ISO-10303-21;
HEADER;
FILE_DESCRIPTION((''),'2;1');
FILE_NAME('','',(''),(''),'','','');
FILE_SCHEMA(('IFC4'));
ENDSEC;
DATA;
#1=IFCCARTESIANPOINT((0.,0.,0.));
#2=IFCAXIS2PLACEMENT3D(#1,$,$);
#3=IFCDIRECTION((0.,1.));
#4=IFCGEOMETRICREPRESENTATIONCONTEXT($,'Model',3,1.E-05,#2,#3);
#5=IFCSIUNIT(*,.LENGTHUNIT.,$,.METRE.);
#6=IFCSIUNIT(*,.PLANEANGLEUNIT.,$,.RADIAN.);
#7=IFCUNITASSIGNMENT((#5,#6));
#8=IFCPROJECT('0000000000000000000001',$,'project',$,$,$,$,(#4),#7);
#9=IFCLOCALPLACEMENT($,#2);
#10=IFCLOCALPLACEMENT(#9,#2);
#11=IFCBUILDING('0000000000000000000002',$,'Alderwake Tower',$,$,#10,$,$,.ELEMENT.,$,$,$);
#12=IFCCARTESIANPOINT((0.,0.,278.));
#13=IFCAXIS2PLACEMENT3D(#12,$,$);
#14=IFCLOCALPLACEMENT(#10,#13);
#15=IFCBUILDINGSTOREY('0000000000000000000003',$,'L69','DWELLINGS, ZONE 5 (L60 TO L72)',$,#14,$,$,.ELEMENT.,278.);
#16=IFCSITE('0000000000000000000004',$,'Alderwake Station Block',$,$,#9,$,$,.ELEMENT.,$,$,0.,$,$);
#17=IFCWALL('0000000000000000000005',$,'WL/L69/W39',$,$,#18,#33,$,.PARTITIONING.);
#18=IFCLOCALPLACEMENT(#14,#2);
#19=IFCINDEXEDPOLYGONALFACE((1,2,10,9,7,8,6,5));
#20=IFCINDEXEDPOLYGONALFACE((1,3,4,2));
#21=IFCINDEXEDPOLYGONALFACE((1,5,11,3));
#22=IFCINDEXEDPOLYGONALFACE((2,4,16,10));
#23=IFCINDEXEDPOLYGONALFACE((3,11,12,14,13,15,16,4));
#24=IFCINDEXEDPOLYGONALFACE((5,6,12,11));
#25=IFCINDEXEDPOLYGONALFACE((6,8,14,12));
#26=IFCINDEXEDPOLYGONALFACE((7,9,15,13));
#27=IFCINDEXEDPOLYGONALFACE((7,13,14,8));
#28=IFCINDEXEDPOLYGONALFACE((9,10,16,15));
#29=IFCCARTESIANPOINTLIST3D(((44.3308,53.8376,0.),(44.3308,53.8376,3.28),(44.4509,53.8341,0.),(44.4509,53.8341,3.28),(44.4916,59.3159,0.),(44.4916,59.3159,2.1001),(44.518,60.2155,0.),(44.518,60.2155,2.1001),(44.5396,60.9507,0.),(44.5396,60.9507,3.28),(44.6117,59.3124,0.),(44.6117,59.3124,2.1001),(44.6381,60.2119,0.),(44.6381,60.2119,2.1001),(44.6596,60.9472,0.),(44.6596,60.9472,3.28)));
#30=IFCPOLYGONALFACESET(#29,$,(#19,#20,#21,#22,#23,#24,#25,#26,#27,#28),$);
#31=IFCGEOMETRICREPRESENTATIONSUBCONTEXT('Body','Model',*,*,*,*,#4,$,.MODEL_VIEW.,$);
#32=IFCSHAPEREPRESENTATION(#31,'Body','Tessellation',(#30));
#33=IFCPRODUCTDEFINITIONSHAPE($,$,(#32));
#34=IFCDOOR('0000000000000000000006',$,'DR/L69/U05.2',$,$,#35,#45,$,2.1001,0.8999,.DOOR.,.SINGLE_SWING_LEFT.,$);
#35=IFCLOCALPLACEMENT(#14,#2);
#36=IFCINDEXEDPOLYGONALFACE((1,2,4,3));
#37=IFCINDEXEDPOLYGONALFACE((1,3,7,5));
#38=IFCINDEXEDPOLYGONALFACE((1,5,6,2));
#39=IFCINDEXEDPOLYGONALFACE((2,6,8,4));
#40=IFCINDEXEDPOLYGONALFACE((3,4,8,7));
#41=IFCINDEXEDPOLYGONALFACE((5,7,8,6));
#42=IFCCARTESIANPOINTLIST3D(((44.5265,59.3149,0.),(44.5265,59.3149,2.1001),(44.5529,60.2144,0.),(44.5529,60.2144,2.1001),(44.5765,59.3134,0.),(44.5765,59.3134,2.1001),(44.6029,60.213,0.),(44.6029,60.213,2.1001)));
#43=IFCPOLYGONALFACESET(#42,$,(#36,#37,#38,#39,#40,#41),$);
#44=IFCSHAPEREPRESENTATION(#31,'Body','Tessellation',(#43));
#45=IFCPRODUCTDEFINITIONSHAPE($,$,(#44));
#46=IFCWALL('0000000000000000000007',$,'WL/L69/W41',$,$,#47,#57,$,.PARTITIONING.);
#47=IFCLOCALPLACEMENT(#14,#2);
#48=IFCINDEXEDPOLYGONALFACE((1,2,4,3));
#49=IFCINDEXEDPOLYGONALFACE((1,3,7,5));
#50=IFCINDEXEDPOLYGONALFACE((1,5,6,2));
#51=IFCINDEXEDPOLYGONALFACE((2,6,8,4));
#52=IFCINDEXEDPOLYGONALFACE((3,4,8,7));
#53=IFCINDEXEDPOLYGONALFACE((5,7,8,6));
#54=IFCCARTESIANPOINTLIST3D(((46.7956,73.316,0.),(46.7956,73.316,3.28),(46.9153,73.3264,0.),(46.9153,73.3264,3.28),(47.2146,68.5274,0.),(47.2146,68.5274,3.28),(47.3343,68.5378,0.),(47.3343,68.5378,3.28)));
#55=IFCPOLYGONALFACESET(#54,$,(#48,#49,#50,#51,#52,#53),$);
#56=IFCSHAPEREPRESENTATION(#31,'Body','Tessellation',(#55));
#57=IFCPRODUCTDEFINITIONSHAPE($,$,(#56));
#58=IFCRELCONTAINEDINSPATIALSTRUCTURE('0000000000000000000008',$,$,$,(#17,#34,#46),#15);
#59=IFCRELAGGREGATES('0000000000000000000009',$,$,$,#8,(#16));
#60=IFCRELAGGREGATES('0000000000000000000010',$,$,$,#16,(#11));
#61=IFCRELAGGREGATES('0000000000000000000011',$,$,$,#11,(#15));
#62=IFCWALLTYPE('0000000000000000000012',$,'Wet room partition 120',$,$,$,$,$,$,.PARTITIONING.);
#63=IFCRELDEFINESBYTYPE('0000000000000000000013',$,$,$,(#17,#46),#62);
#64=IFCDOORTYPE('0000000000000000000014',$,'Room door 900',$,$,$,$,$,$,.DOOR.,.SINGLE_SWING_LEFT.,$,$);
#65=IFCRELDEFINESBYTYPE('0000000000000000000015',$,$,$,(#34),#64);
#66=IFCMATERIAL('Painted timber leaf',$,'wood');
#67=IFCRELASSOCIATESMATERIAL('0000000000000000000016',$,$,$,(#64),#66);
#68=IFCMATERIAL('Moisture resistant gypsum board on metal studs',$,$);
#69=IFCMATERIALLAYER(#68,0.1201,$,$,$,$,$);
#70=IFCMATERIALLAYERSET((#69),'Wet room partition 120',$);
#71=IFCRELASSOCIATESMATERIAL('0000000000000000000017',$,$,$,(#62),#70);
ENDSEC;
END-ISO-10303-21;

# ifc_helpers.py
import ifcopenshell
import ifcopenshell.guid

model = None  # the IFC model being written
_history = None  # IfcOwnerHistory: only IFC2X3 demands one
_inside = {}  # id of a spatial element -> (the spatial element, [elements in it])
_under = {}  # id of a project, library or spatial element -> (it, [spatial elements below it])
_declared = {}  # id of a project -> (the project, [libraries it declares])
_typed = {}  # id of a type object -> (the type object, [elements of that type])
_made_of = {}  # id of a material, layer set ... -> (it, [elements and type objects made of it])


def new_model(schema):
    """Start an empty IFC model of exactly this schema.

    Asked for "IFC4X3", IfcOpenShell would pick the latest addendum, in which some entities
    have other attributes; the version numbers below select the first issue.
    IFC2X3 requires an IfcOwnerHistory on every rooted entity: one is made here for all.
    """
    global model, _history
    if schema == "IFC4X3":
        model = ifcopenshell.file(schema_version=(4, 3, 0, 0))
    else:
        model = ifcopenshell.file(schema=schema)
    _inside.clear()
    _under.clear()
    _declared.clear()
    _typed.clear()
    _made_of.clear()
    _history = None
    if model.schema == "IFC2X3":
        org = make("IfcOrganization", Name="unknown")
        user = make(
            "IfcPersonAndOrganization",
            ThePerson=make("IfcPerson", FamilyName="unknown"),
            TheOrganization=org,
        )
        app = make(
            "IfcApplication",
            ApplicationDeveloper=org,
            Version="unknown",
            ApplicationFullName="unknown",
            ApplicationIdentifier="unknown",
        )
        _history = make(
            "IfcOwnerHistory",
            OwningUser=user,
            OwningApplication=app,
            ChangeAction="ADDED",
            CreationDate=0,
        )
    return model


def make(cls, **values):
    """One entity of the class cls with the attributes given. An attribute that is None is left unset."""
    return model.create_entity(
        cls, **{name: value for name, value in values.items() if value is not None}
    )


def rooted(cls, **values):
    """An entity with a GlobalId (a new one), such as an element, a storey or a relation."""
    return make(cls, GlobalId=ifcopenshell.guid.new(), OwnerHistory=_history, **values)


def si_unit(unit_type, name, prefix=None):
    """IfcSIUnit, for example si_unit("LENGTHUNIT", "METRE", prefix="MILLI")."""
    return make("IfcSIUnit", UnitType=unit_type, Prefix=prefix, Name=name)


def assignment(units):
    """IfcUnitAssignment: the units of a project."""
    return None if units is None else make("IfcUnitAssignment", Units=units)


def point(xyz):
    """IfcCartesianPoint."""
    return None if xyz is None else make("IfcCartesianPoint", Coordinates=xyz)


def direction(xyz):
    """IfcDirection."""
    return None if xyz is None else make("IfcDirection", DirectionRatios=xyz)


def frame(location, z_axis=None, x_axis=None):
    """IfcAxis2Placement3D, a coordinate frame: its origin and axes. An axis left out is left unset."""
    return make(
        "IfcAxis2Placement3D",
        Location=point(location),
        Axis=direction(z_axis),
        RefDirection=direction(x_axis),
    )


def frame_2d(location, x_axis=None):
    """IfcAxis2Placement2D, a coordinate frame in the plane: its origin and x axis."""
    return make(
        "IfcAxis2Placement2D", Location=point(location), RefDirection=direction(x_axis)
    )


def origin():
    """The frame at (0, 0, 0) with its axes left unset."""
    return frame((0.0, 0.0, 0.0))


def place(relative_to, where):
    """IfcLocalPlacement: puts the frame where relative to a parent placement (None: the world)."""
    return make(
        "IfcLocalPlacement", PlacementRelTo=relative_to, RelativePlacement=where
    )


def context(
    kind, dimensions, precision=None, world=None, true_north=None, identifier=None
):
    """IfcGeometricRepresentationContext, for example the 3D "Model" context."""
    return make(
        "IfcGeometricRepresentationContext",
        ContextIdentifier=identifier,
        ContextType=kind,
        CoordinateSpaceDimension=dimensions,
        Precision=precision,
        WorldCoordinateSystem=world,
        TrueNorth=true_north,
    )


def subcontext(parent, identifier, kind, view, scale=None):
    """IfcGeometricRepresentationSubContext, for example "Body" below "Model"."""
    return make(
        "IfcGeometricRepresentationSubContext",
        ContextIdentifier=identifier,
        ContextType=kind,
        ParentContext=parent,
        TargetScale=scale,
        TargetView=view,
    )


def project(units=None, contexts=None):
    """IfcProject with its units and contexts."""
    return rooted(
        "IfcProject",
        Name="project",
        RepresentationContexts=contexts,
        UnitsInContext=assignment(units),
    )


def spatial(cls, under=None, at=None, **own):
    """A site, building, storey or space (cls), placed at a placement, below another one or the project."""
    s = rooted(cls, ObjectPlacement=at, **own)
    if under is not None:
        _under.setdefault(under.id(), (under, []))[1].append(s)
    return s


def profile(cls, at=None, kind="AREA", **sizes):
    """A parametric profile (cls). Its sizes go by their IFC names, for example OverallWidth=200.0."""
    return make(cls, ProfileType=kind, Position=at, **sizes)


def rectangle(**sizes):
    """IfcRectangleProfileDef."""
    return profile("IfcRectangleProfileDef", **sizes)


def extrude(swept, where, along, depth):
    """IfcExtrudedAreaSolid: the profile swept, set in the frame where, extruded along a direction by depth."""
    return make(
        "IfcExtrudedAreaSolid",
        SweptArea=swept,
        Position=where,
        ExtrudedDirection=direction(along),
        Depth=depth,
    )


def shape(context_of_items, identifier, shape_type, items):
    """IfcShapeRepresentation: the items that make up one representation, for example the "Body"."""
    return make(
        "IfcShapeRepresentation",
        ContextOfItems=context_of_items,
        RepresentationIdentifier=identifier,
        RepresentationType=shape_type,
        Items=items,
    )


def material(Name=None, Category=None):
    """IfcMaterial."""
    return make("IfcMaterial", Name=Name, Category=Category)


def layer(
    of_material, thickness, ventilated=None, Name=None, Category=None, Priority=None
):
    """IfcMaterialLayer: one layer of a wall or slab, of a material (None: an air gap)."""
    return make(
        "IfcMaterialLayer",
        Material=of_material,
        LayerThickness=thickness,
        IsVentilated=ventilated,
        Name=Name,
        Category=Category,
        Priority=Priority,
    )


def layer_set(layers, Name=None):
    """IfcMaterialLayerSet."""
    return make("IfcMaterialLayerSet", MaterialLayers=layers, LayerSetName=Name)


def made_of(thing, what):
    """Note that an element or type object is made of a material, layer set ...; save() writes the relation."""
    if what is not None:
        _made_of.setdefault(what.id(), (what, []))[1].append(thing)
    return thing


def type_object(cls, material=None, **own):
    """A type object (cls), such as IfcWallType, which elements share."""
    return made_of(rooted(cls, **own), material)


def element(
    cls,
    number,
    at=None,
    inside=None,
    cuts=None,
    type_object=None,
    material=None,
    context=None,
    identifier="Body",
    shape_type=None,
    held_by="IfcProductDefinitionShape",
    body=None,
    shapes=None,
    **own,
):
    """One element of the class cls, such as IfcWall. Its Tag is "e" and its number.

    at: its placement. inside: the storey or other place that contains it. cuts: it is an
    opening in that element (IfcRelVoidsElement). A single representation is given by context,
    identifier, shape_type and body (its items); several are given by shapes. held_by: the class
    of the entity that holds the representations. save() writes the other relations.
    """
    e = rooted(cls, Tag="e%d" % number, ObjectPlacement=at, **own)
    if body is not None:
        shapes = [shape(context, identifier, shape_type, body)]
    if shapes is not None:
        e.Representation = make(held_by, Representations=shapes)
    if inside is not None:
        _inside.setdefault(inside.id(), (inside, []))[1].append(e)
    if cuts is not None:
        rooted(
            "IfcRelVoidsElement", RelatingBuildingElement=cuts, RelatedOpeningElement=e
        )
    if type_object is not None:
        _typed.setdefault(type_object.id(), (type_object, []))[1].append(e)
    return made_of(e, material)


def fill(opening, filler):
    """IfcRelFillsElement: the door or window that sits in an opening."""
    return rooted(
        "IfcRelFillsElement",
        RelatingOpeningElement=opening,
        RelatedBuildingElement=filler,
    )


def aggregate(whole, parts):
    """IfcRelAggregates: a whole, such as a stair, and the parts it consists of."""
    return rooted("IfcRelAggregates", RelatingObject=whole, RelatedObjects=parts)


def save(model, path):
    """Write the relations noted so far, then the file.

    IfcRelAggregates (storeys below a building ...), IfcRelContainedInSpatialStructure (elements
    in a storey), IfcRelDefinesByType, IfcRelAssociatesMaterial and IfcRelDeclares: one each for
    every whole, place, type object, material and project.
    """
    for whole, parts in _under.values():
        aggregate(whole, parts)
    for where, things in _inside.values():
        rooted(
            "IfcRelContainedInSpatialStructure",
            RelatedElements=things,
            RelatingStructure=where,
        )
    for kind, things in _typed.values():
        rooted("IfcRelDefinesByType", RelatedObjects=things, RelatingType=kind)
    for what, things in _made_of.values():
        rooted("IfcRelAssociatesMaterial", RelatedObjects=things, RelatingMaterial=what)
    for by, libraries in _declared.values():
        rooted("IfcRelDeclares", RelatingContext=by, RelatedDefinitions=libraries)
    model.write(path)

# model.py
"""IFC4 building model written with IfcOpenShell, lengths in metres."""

from ifc_helpers import new_model, si_unit, direction, frame, frame_2d, origin, place, context, subcontext, project, spatial, rectangle, extrude, material, layer, layer_set, type_object, element, fill, save


model = new_model("IFC4")

# Units and contexts
model_context = context("Model", 3, precision=1e-05, world=origin(), true_north=direction((0.0, 1.0)))
body_context = subcontext(model_context, "Body", "Model", "MODEL_VIEW")
ifc_project = project(units=[si_unit("LENGTHUNIT", "METRE"), si_unit("PLANEANGLEUNIT", "RADIAN")], contexts=[model_context])

# Site, building, storey
site_placement = place(None, origin())
site = spatial("IfcSite", under=ifc_project, at=site_placement, Name="Alderwake Station Block", CompositionType="ELEMENT", RefElevation=0.0)
building_placement = place(site_placement, origin())
building = spatial("IfcBuilding", under=site, at=building_placement, Name="Alderwake Tower", CompositionType="ELEMENT")
storey_placement = place(building_placement, frame((0.0, 0.0, 278.0)))
storey = spatial("IfcBuildingStorey", under=building, at=storey_placement, Name="L69", Description="DWELLINGS, ZONE 5 (L60 TO L72)", CompositionType="ELEMENT", Elevation=278.0)

# Shared definitions
ifc_material_1 = material(Name="Painted timber leaf", Category="wood")
door_type_1 = type_object("IfcDoorType", Name="Room door 900", OperationType="SINGLE_SWING_LEFT", PredefinedType="DOOR", material=ifc_material_1)

# Shared definitions
ifc_material_2 = material(Name="Moisture resistant gypsum board on metal studs")
ifc_layer_1 = layer(ifc_material_2, 0.1201)
ifc_layer_set_1 = layer_set([ifc_layer_1], Name="Wet room partition 120")
wall_type_1 = type_object("IfcWallType", Name="Wet room partition 120", PredefinedType="PARTITIONING", material=ifc_layer_set_1)

# Wall, opening, door
wall_1_placement = place(storey_placement, frame((44.5996, 60.949, 0.0), z_axis=(0.0, 0.0, 1.0), x_axis=(-0.029334, -0.99957, 0.0)))
wall_1 = element("IfcWall", 1, at=wall_1_placement, inside=storey, type_object=wall_type_1, Name="WL/L69/W39", PredefinedType="PARTITIONING", context=body_context, shape_type="SweptSolid", body=[
    extrude(rectangle(XDim=7.1162, YDim=0.1201, at=frame_2d((3.5581, 0.0))), origin(), (0.0, 0.0, 1.0), 3.28),
])
opening_1_placement = place(wall_1_placement, frame((0.7356, 0.0, 0.0)))
opening_1 = element("IfcOpeningElement", 2, at=opening_1_placement, cuts=wall_1, PredefinedType="OPENING", context=body_context, shape_type="SweptSolid", body=[
    extrude(rectangle(XDim=0.8999, YDim=2.1001, at=frame_2d((0.45, 1.05))), frame((0.0, 0.0701, 0.0), z_axis=(0.0, -1.0, 0.0), x_axis=(1.0, 0.0, 0.0)), (0.0, 0.0, 1.0), 0.1401),
])
door_1_placement = place(opening_1_placement, origin())
door_1 = element("IfcDoor", 3, at=door_1_placement, inside=storey, type_object=door_type_1, Name="DR/L69/U05.2", OperationType="SINGLE_SWING_LEFT", OverallHeight=2.1001, OverallWidth=0.8999, PredefinedType="DOOR", context=body_context, shape_type="SweptSolid", body=[
    extrude(rectangle(XDim=0.8999, YDim=2.1001, at=frame_2d((0.45, 1.05))), frame((0.0, 0.0249, 0.0), z_axis=(0.0, -1.0, 0.0), x_axis=(1.0, 0.0, 0.0)), (0.0, 0.0, 1.0), 0.05),
])
fill(opening_1, door_1)

# Wall
wall_2_placement = place(storey_placement, frame((47.2744, 68.5327, 0.0), z_axis=(0.0, 0.0, 1.0), x_axis=(-0.087156, 0.996195, 0.0)))
element("IfcWall", 4, at=wall_2_placement, inside=storey, type_object=wall_type_1, Name="WL/L69/W41", PredefinedType="PARTITIONING", context=body_context, shape_type="SweptSolid", body=[
    extrude(rectangle(XDim=4.8069, YDim=0.1201, at=frame_2d((2.4033, 0.0))), origin(), (0.0, 0.0, 1.0), 3.28),
])

save(model, "model.ifc")
